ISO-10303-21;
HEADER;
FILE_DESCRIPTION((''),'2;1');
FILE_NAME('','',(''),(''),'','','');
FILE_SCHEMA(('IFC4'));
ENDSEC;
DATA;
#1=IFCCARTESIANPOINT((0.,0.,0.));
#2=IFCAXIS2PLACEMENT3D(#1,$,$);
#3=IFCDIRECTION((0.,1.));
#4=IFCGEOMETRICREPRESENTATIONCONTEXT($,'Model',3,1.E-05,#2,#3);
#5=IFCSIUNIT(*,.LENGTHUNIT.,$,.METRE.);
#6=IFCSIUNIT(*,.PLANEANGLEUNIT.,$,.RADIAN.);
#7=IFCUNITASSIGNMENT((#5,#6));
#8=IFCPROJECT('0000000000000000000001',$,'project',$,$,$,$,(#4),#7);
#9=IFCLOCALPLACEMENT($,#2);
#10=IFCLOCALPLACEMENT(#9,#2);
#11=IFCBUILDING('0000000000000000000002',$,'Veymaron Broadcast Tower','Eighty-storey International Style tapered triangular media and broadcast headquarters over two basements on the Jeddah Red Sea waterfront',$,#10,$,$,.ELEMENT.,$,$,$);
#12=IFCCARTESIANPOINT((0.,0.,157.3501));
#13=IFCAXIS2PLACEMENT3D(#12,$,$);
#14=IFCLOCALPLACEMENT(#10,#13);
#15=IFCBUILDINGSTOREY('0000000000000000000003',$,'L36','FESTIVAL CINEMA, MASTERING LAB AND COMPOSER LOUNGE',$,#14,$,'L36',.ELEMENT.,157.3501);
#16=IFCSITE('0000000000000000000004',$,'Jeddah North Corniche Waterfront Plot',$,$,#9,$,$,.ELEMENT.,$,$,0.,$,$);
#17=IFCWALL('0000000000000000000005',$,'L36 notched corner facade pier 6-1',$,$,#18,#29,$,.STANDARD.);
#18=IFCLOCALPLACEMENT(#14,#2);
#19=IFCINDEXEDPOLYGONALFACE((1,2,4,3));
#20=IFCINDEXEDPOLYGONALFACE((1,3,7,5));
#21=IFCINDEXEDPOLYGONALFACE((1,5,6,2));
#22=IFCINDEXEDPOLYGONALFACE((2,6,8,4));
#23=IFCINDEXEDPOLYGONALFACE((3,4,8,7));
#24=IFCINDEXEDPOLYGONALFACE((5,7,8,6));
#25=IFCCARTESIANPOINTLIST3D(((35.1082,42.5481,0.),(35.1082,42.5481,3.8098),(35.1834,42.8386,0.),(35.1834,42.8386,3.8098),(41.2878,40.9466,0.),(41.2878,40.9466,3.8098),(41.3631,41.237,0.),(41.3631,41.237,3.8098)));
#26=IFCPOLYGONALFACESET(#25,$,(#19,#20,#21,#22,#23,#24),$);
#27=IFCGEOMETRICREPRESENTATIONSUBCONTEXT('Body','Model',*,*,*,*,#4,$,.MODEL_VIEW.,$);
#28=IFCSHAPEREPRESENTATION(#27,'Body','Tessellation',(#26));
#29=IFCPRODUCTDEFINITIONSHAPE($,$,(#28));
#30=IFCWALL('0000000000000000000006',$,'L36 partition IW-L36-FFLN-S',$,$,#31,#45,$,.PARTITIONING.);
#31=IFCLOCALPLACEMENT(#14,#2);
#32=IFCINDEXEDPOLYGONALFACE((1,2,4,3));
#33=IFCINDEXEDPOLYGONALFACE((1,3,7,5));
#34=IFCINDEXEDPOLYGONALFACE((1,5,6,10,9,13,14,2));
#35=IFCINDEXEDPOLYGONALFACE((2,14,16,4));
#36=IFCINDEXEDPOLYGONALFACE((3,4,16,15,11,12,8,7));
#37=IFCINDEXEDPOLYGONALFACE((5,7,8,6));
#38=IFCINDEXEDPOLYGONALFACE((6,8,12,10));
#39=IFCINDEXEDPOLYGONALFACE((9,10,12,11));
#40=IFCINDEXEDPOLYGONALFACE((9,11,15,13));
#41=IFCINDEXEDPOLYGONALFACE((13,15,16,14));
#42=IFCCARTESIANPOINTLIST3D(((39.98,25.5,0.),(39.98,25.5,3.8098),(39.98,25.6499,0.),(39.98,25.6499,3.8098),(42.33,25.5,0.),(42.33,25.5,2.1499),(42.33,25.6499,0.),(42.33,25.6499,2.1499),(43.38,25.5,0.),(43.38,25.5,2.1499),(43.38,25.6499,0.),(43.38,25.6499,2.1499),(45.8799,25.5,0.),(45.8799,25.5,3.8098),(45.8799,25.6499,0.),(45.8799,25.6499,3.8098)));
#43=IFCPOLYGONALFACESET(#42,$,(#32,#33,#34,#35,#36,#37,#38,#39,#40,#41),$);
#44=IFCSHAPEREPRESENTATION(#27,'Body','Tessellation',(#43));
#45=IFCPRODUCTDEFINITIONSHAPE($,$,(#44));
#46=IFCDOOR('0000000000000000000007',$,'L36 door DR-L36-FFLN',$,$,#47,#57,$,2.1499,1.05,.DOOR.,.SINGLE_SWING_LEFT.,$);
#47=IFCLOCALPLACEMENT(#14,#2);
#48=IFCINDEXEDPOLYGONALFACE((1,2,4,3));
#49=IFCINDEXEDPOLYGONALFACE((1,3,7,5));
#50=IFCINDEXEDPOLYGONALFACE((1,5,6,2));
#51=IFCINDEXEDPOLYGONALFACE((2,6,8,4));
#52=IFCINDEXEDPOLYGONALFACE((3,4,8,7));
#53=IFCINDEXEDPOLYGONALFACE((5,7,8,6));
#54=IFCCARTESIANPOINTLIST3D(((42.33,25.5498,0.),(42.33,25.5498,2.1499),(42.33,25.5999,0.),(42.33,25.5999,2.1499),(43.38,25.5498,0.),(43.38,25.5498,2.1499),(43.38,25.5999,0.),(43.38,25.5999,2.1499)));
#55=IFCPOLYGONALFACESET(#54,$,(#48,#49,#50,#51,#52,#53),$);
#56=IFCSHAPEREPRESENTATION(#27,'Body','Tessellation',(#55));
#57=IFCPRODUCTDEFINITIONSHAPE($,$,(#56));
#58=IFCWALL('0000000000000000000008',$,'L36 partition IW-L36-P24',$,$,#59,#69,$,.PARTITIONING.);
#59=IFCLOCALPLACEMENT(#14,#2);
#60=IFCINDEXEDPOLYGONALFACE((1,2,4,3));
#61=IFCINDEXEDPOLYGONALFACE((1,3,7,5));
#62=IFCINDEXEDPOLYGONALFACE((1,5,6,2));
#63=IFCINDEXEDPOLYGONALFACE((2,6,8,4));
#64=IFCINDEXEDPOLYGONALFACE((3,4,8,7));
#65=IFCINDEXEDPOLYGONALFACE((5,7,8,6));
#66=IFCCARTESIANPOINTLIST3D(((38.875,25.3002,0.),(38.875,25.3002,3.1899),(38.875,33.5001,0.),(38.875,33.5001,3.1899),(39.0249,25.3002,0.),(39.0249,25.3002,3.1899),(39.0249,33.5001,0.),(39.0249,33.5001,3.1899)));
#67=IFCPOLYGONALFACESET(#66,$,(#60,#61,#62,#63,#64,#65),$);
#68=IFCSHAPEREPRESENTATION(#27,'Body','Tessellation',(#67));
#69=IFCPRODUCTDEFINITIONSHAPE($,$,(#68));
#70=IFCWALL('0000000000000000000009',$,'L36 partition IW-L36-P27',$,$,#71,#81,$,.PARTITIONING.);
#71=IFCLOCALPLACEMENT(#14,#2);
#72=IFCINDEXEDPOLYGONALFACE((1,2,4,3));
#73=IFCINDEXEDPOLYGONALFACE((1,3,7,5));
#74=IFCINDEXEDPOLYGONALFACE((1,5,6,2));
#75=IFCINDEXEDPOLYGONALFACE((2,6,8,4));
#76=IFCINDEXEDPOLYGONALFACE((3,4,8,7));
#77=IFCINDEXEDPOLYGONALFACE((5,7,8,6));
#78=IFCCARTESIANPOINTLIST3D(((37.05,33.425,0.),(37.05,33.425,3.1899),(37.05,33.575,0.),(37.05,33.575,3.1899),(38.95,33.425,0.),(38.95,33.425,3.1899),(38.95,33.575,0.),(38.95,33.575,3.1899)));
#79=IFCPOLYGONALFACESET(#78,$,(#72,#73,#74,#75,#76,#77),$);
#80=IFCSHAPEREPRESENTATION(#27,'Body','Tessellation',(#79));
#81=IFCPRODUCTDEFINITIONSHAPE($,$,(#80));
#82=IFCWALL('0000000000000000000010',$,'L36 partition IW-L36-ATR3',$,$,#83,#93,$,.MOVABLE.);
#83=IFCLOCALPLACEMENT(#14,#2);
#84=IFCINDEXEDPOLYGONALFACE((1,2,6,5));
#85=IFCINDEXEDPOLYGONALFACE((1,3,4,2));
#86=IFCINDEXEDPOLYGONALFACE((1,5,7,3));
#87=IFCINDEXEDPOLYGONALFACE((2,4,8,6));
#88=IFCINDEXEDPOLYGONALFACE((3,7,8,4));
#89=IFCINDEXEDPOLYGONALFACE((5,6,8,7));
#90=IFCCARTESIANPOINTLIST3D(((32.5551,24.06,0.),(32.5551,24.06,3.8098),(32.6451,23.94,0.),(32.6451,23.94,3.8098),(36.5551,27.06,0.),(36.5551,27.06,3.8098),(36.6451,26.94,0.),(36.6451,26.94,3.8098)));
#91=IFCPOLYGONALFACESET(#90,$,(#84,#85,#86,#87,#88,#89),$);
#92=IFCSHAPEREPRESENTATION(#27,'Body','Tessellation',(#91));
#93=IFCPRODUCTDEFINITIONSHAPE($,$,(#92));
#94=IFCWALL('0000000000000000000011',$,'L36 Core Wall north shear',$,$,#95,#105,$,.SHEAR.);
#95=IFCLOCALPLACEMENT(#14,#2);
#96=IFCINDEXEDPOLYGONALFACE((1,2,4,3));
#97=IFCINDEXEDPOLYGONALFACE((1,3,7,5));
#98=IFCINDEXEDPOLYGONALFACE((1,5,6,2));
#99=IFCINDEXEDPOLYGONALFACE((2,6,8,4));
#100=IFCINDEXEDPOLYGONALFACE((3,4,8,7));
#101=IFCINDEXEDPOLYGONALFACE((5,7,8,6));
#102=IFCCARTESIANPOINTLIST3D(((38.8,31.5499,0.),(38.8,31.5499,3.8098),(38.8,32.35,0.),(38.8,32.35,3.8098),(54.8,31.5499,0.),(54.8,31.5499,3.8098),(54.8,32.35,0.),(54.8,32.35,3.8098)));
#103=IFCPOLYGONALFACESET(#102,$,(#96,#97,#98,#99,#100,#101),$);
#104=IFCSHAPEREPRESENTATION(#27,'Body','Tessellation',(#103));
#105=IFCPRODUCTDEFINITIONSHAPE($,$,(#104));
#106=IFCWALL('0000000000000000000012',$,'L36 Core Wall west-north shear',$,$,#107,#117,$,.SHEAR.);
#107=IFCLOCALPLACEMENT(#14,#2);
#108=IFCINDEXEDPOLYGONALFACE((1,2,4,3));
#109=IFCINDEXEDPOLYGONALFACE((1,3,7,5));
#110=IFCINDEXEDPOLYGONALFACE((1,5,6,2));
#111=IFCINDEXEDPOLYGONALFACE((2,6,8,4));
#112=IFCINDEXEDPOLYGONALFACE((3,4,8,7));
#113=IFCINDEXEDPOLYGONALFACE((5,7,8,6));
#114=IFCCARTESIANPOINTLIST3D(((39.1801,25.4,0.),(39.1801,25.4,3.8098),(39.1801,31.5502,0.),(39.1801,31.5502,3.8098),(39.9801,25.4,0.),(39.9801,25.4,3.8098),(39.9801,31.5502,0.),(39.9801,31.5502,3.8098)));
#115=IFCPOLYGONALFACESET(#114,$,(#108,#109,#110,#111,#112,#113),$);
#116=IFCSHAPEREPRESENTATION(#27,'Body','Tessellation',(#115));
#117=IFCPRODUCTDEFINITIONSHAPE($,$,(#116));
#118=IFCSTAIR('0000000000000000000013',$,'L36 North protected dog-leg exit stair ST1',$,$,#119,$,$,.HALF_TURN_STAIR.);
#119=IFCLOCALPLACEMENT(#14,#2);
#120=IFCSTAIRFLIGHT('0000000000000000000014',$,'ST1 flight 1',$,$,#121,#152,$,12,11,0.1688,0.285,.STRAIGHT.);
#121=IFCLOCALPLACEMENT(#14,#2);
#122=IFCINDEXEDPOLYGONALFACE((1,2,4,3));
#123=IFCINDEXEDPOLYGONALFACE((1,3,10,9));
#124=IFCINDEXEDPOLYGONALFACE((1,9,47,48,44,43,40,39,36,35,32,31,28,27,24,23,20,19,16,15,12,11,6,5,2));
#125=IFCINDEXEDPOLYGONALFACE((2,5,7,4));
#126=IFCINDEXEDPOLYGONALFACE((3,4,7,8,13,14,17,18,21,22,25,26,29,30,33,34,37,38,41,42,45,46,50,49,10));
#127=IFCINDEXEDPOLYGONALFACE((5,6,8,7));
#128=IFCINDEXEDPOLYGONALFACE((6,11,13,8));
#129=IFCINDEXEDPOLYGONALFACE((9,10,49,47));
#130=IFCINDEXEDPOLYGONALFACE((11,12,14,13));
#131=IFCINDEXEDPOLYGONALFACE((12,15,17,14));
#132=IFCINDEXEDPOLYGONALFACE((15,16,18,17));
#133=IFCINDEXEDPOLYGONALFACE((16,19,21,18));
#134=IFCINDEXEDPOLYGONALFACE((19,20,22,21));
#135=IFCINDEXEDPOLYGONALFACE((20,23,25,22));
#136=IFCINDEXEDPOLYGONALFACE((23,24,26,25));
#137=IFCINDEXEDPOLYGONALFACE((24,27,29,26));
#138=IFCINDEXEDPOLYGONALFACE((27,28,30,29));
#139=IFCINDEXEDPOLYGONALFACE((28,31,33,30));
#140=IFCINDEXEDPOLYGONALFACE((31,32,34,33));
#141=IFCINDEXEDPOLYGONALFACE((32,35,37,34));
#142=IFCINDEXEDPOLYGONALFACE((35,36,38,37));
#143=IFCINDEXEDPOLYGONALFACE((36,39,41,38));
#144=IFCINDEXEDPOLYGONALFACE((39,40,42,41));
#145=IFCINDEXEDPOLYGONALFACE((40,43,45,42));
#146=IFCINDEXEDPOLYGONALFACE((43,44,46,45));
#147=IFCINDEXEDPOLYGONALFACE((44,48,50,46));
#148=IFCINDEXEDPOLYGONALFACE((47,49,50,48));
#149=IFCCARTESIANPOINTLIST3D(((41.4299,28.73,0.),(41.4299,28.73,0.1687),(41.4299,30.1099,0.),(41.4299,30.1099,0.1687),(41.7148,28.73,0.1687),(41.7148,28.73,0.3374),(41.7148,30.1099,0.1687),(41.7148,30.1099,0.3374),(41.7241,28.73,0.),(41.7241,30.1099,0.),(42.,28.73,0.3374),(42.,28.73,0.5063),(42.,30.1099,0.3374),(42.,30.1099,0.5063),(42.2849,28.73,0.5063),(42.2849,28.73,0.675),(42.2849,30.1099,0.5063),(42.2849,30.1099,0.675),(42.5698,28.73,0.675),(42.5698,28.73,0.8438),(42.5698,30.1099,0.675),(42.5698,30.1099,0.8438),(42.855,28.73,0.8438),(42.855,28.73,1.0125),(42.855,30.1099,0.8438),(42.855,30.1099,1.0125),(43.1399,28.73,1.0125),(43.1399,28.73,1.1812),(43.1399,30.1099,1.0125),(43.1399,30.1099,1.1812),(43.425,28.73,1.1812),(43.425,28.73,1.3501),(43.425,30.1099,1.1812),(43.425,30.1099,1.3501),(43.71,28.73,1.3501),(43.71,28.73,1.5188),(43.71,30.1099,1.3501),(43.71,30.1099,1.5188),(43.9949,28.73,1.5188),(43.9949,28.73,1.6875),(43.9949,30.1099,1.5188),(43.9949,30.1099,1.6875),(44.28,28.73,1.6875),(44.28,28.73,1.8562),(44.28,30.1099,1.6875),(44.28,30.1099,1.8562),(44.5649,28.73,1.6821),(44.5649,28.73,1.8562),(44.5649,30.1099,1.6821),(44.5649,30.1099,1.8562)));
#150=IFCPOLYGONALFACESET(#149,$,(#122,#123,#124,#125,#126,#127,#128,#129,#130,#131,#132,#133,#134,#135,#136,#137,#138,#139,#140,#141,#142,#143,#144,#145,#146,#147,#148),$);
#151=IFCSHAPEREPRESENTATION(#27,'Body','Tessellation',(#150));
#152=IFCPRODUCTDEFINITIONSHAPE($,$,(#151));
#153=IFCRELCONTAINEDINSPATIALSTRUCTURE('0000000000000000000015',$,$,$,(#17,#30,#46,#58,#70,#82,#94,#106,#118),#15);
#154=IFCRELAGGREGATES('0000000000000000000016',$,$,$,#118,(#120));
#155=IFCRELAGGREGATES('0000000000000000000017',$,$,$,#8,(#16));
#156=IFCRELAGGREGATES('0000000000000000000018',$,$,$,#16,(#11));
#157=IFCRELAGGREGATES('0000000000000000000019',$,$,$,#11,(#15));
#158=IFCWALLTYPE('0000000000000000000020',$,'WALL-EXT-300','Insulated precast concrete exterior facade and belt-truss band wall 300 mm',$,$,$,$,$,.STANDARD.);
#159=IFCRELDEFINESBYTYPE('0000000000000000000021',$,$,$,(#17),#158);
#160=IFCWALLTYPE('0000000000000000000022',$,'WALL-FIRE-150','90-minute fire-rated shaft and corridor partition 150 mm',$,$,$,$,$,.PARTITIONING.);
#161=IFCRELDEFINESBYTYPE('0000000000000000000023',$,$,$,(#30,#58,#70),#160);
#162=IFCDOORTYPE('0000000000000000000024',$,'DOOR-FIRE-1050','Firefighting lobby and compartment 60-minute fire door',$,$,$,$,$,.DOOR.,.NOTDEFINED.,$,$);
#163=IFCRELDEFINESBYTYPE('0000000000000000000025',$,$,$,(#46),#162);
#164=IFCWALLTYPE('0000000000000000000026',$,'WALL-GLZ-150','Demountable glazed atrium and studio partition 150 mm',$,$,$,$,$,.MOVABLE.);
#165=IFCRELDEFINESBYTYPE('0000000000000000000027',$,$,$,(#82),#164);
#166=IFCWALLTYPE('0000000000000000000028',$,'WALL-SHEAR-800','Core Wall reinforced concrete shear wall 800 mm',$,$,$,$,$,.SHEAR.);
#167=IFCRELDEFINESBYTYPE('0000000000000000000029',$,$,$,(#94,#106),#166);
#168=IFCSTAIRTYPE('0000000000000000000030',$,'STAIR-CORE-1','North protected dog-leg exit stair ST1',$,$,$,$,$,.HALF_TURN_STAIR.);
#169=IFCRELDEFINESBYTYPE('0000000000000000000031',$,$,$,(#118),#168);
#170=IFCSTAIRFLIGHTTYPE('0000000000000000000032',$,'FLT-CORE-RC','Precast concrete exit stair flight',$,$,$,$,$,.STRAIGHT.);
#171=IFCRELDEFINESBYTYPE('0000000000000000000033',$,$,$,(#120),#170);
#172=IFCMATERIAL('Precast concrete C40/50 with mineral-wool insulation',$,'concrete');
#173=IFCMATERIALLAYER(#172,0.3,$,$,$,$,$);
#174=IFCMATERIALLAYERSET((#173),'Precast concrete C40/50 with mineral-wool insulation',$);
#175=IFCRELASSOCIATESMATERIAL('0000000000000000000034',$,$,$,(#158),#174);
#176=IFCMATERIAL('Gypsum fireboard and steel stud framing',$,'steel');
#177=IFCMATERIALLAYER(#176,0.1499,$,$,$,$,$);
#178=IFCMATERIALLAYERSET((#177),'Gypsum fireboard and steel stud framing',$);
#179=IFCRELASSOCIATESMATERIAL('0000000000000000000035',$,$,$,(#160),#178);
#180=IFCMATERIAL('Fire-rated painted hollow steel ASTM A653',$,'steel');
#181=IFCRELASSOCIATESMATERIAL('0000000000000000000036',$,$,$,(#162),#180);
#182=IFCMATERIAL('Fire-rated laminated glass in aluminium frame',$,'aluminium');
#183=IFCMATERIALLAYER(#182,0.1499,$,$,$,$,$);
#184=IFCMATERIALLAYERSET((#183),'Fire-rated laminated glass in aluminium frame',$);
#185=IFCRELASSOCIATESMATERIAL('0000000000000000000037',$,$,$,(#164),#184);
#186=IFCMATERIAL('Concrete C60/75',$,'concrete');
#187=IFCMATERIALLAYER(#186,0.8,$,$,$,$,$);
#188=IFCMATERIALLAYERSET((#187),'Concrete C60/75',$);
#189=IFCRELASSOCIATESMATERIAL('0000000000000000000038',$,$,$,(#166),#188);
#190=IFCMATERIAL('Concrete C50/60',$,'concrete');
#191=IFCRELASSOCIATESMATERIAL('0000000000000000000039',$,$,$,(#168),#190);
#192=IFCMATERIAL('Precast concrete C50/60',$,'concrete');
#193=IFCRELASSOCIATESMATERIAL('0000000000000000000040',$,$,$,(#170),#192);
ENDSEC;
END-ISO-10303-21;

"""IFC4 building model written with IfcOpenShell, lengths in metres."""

from ifc_helpers import new_model, si_unit, direction, frame, frame_2d, origin, place, context, subcontext, project, spatial, polyline, rectangle, outline, extrude, material, layer, layer_set, type_object, element, fill, aggregate, save


model = new_model("IFC4")

# Units and contexts
model_context = context("Model", 3, precision=1e-05, world=origin(), true_north=direction((0.0, 1.0)))
body_context = subcontext(model_context, "Body", "Model", "MODEL_VIEW")
ifc_project = project(units=[si_unit("LENGTHUNIT", "METRE"), si_unit("PLANEANGLEUNIT", "RADIAN")], contexts=[model_context])

# Site, building, storey
site_placement = place(None, origin())
site = spatial("IfcSite", under=ifc_project, at=site_placement, Name="Jeddah North Corniche Waterfront Plot", CompositionType="ELEMENT", RefElevation=0.0)
building_placement = place(site_placement, origin())
building = spatial("IfcBuilding", under=site, at=building_placement, Name="Veymaron Broadcast Tower", Description="Eighty-storey International Style tapered triangular media and broadcast headquarters over two basements on the Jeddah Red Sea waterfront", CompositionType="ELEMENT")
storey_placement = place(building_placement, frame((0.0, 0.0, 157.3501)))
storey = spatial("IfcBuildingStorey", under=building, at=storey_placement, Name="L36", Description="FESTIVAL CINEMA, MASTERING LAB AND COMPOSER LOUNGE", LongName="L36", CompositionType="ELEMENT", Elevation=157.3501)

# Wall
ifc_material_1 = material(Name="Precast concrete C40/50 with mineral-wool insulation", Category="concrete")
ifc_layer_1 = layer(ifc_material_1, 0.3)
ifc_layer_set_1 = layer_set([ifc_layer_1], Name="Precast concrete C40/50 with mineral-wool insulation")
wall_type_1 = type_object("IfcWallType", Name="WALL-EXT-300", Description="Insulated precast concrete exterior facade and belt-truss band wall 300 mm", PredefinedType="STANDARD", material=ifc_layer_set_1)
wall_1_placement = place(storey_placement, frame((41.3254, 41.0918, 0.0), z_axis=(0.0, 0.0, 1.0), x_axis=(-0.968019, 0.250877, 0.0)))
element("IfcWall", 1, at=wall_1_placement, inside=storey, type_object=wall_type_1, Name="L36 notched corner facade pier 6-1", PredefinedType="STANDARD", context=body_context, shape_type="SweptSolid", body=[
    extrude(rectangle(XDim=6.3838, YDim=0.3, at=frame_2d((3.1919, 0.0))), origin(), (0.0, 0.0, 1.0), 3.8098),
])

# Wall, opening, door
ifc_material_2 = material(Name="Gypsum fireboard and steel stud framing", Category="steel")
ifc_layer_2 = layer(ifc_material_2, 0.1499)
ifc_layer_set_2 = layer_set([ifc_layer_2], Name="Gypsum fireboard and steel stud framing")
wall_type_2 = type_object("IfcWallType", Name="WALL-FIRE-150", Description="90-minute fire-rated shaft and corridor partition 150 mm", PredefinedType="PARTITIONING", material=ifc_layer_set_2)
wall_2_placement = place(storey_placement, frame((39.98, 25.575, 0.0), z_axis=(0.0, 0.0, 1.0), x_axis=(1.0, 0.0, 0.0)))
wall_2 = element("IfcWall", 2, at=wall_2_placement, inside=storey, type_object=wall_type_2, Name="L36 partition IW-L36-FFLN-S", PredefinedType="PARTITIONING", context=body_context, shape_type="SweptSolid", body=[
    extrude(rectangle(XDim=5.8999, YDim=0.1499, at=frame_2d((2.95, 0.0))), origin(), (0.0, 0.0, 1.0), 3.8098),
])
opening_1_placement = place(wall_2_placement, frame((2.3501, 0.0, 0.0)))
opening_1 = element("IfcOpeningElement", 3, at=opening_1_placement, cuts=wall_2, PredefinedType="OPENING", context=body_context, shape_type="SweptSolid", body=[
    extrude(rectangle(XDim=1.05, YDim=2.1499, at=frame_2d((0.5249, 1.075))), frame((0.0, 0.085, 0.0), z_axis=(0.0, -1.0, 0.0), x_axis=(1.0, 0.0, 0.0)), (0.0, 0.0, 1.0), 0.1699),
])
ifc_material_3 = material(Name="Fire-rated painted hollow steel ASTM A653", Category="steel")
door_type_1 = type_object("IfcDoorType", Name="DOOR-FIRE-1050", Description="Firefighting lobby and compartment 60-minute fire door", OperationType="NOTDEFINED", PredefinedType="DOOR", material=ifc_material_3)
door_1_placement = place(opening_1_placement, origin())
door_1 = element("IfcDoor", 4, at=door_1_placement, inside=storey, type_object=door_type_1, Name="L36 door DR-L36-FFLN", OperationType="SINGLE_SWING_LEFT", OverallHeight=2.1499, OverallWidth=1.05, PredefinedType="DOOR", context=body_context, shape_type="SweptSolid", body=[
    extrude(rectangle(XDim=1.05, YDim=2.1499, at=frame_2d((0.5249, 1.075))), frame((0.0, 0.0249, 0.0), z_axis=(0.0, -1.0, 0.0), x_axis=(1.0, 0.0, 0.0)), (0.0, 0.0, 1.0), 0.05),
])
fill(opening_1, door_1)

# Walls
wall_3_placement = place(storey_placement, frame((38.95, 25.3, 0.0), z_axis=(0.0, 0.0, 1.0), x_axis=(0.0, 1.0, 0.0)))
element("IfcWall", 5, at=wall_3_placement, inside=storey, type_object=wall_type_2, Name="L36 partition IW-L36-P24", PredefinedType="PARTITIONING", context=body_context, shape_type="SweptSolid", body=[
    extrude(rectangle(XDim=8.2, YDim=0.1499, at=frame_2d((4.1001, 0.0))), origin(), (0.0, 0.0, 1.0), 3.1899),
])
wall_4_placement = place(storey_placement, frame((37.05, 33.5, 0.0), z_axis=(0.0, 0.0, 1.0), x_axis=(1.0, 0.0, 0.0)))
element("IfcWall", 6, at=wall_4_placement, inside=storey, type_object=wall_type_2, Name="L36 partition IW-L36-P27", PredefinedType="PARTITIONING", context=body_context, shape_type="SweptSolid", body=[
    extrude(rectangle(XDim=1.8999, YDim=0.1499, at=frame_2d((0.95, 0.0))), origin(), (0.0, 0.0, 1.0), 3.1899),
])
ifc_material_4 = material(Name="Fire-rated laminated glass in aluminium frame", Category="aluminium")
ifc_layer_3 = layer(ifc_material_4, 0.1499)
ifc_layer_set_3 = layer_set([ifc_layer_3], Name="Fire-rated laminated glass in aluminium frame")
wall_type_3 = type_object("IfcWallType", Name="WALL-GLZ-150", Description="Demountable glazed atrium and studio partition 150 mm", PredefinedType="MOVABLE", material=ifc_layer_set_3)
wall_5_placement = place(storey_placement, frame((36.6001, 27.0, 0.0), z_axis=(0.0, 0.0, 1.0), x_axis=(-0.8, -0.6, 0.0)))
element("IfcWall", 7, at=wall_5_placement, inside=storey, type_object=wall_type_3, Name="L36 partition IW-L36-ATR3", PredefinedType="MOVABLE", context=body_context, shape_type="SweptSolid", body=[
    extrude(rectangle(XDim=5.0, YDim=0.1499, at=frame_2d((2.5, 0.0))), origin(), (0.0, 0.0, 1.0), 3.8098),
])

# Shared definitions
ifc_material_5 = material(Name="Concrete C50/60", Category="concrete")

# Walls
ifc_material_6 = material(Name="Concrete C60/75", Category="concrete")
ifc_layer_4 = layer(ifc_material_6, 0.8)
ifc_layer_set_4 = layer_set([ifc_layer_4], Name="Concrete C60/75")
wall_type_4 = type_object("IfcWallType", Name="WALL-SHEAR-800", Description="Core Wall reinforced concrete shear wall 800 mm", PredefinedType="SHEAR", material=ifc_layer_set_4)
wall_6_placement = place(storey_placement, frame((38.8, 31.95, 0.0), z_axis=(0.0, 0.0, 1.0), x_axis=(1.0, 0.0, 0.0)))
element("IfcWall", 8, at=wall_6_placement, inside=storey, type_object=wall_type_4, Name="L36 Core Wall north shear", PredefinedType="SHEAR", context=body_context, shape_type="SweptSolid", body=[
    extrude(rectangle(XDim=16.0, YDim=0.8, at=frame_2d((8.0, 0.0))), origin(), (0.0, 0.0, 1.0), 3.8098),
])
wall_7_placement = place(storey_placement, frame((39.5801, 25.3999, 0.0), z_axis=(0.0, 0.0, 1.0), x_axis=(0.0, 1.0, 0.0)))
element("IfcWall", 9, at=wall_7_placement, inside=storey, type_object=wall_type_4, Name="L36 Core Wall west-north shear", PredefinedType="SHEAR", context=body_context, shape_type="SweptSolid", body=[
    extrude(rectangle(XDim=6.1501, YDim=0.8, at=frame_2d((3.0752, 0.0))), origin(), (0.0, 0.0, 1.0), 3.8098),
])

# Stair, stair flight
stair_type = type_object("IfcStairType", Name="STAIR-CORE-1", Description="North protected dog-leg exit stair ST1", PredefinedType="HALF_TURN_STAIR", material=ifc_material_5)
stair_placement = place(storey_placement, origin())
stair = element("IfcStair", 10, at=stair_placement, inside=storey, type_object=stair_type, Name="L36 North protected dog-leg exit stair ST1", PredefinedType="HALF_TURN_STAIR")
ifc_material_7 = material(Name="Precast concrete C50/60", Category="concrete")
stair_flight_type = type_object("IfcStairFlightType", Name="FLT-CORE-RC", Description="Precast concrete exit stair flight", PredefinedType="STRAIGHT", material=ifc_material_7)
stair_flight_1_placement = place(storey_placement, frame((41.4299, 29.4199, 0.0), z_axis=(0.0, 0.0, 1.0), x_axis=(1.0, 0.0, 0.0)))
stair_flight_1 = element("IfcStairFlight", 11, at=stair_flight_1_placement, type_object=stair_flight_type, Name="ST1 flight 1", NumberOfRisers=12, NumberOfTreads=11, PredefinedType="STRAIGHT", RiserHeight=0.1688, TreadLength=0.285, context=body_context, shape_type="SweptSolid", body=[
    extrude(outline(polyline([(0.0, 0.0), (0.0, 0.1687), (0.2849, 0.1687), (0.2849, 0.3374), (0.5701, 0.3374), (0.5701, 0.5063), (0.855, 0.5063), (0.855, 0.675), (1.1399, 0.675), (1.1399, 0.8438), (1.425, 0.8438), (1.425, 1.0125), (1.71, 1.0125), (1.71, 1.1812), (1.9951, 1.1812), (1.9951, 1.3501), (2.28, 1.3501), (2.28, 1.5188), (2.5649, 1.5188), (2.5649, 1.6875), (2.8501, 1.6875), (2.8501, 1.8562), (3.135, 1.8562), (3.135, 2.0249), (3.135, 1.6821), (0.2942, 0.0), (0.0, 0.0)])), frame((0.0, 0.6899, 0.0), z_axis=(0.0, -1.0, 0.0), x_axis=(1.0, 0.0, 0.0)), (0.0, 0.0, 1.0), 1.3799),
])
aggregate(stair, [stair_flight_1])

save(model, "model.ifc")
